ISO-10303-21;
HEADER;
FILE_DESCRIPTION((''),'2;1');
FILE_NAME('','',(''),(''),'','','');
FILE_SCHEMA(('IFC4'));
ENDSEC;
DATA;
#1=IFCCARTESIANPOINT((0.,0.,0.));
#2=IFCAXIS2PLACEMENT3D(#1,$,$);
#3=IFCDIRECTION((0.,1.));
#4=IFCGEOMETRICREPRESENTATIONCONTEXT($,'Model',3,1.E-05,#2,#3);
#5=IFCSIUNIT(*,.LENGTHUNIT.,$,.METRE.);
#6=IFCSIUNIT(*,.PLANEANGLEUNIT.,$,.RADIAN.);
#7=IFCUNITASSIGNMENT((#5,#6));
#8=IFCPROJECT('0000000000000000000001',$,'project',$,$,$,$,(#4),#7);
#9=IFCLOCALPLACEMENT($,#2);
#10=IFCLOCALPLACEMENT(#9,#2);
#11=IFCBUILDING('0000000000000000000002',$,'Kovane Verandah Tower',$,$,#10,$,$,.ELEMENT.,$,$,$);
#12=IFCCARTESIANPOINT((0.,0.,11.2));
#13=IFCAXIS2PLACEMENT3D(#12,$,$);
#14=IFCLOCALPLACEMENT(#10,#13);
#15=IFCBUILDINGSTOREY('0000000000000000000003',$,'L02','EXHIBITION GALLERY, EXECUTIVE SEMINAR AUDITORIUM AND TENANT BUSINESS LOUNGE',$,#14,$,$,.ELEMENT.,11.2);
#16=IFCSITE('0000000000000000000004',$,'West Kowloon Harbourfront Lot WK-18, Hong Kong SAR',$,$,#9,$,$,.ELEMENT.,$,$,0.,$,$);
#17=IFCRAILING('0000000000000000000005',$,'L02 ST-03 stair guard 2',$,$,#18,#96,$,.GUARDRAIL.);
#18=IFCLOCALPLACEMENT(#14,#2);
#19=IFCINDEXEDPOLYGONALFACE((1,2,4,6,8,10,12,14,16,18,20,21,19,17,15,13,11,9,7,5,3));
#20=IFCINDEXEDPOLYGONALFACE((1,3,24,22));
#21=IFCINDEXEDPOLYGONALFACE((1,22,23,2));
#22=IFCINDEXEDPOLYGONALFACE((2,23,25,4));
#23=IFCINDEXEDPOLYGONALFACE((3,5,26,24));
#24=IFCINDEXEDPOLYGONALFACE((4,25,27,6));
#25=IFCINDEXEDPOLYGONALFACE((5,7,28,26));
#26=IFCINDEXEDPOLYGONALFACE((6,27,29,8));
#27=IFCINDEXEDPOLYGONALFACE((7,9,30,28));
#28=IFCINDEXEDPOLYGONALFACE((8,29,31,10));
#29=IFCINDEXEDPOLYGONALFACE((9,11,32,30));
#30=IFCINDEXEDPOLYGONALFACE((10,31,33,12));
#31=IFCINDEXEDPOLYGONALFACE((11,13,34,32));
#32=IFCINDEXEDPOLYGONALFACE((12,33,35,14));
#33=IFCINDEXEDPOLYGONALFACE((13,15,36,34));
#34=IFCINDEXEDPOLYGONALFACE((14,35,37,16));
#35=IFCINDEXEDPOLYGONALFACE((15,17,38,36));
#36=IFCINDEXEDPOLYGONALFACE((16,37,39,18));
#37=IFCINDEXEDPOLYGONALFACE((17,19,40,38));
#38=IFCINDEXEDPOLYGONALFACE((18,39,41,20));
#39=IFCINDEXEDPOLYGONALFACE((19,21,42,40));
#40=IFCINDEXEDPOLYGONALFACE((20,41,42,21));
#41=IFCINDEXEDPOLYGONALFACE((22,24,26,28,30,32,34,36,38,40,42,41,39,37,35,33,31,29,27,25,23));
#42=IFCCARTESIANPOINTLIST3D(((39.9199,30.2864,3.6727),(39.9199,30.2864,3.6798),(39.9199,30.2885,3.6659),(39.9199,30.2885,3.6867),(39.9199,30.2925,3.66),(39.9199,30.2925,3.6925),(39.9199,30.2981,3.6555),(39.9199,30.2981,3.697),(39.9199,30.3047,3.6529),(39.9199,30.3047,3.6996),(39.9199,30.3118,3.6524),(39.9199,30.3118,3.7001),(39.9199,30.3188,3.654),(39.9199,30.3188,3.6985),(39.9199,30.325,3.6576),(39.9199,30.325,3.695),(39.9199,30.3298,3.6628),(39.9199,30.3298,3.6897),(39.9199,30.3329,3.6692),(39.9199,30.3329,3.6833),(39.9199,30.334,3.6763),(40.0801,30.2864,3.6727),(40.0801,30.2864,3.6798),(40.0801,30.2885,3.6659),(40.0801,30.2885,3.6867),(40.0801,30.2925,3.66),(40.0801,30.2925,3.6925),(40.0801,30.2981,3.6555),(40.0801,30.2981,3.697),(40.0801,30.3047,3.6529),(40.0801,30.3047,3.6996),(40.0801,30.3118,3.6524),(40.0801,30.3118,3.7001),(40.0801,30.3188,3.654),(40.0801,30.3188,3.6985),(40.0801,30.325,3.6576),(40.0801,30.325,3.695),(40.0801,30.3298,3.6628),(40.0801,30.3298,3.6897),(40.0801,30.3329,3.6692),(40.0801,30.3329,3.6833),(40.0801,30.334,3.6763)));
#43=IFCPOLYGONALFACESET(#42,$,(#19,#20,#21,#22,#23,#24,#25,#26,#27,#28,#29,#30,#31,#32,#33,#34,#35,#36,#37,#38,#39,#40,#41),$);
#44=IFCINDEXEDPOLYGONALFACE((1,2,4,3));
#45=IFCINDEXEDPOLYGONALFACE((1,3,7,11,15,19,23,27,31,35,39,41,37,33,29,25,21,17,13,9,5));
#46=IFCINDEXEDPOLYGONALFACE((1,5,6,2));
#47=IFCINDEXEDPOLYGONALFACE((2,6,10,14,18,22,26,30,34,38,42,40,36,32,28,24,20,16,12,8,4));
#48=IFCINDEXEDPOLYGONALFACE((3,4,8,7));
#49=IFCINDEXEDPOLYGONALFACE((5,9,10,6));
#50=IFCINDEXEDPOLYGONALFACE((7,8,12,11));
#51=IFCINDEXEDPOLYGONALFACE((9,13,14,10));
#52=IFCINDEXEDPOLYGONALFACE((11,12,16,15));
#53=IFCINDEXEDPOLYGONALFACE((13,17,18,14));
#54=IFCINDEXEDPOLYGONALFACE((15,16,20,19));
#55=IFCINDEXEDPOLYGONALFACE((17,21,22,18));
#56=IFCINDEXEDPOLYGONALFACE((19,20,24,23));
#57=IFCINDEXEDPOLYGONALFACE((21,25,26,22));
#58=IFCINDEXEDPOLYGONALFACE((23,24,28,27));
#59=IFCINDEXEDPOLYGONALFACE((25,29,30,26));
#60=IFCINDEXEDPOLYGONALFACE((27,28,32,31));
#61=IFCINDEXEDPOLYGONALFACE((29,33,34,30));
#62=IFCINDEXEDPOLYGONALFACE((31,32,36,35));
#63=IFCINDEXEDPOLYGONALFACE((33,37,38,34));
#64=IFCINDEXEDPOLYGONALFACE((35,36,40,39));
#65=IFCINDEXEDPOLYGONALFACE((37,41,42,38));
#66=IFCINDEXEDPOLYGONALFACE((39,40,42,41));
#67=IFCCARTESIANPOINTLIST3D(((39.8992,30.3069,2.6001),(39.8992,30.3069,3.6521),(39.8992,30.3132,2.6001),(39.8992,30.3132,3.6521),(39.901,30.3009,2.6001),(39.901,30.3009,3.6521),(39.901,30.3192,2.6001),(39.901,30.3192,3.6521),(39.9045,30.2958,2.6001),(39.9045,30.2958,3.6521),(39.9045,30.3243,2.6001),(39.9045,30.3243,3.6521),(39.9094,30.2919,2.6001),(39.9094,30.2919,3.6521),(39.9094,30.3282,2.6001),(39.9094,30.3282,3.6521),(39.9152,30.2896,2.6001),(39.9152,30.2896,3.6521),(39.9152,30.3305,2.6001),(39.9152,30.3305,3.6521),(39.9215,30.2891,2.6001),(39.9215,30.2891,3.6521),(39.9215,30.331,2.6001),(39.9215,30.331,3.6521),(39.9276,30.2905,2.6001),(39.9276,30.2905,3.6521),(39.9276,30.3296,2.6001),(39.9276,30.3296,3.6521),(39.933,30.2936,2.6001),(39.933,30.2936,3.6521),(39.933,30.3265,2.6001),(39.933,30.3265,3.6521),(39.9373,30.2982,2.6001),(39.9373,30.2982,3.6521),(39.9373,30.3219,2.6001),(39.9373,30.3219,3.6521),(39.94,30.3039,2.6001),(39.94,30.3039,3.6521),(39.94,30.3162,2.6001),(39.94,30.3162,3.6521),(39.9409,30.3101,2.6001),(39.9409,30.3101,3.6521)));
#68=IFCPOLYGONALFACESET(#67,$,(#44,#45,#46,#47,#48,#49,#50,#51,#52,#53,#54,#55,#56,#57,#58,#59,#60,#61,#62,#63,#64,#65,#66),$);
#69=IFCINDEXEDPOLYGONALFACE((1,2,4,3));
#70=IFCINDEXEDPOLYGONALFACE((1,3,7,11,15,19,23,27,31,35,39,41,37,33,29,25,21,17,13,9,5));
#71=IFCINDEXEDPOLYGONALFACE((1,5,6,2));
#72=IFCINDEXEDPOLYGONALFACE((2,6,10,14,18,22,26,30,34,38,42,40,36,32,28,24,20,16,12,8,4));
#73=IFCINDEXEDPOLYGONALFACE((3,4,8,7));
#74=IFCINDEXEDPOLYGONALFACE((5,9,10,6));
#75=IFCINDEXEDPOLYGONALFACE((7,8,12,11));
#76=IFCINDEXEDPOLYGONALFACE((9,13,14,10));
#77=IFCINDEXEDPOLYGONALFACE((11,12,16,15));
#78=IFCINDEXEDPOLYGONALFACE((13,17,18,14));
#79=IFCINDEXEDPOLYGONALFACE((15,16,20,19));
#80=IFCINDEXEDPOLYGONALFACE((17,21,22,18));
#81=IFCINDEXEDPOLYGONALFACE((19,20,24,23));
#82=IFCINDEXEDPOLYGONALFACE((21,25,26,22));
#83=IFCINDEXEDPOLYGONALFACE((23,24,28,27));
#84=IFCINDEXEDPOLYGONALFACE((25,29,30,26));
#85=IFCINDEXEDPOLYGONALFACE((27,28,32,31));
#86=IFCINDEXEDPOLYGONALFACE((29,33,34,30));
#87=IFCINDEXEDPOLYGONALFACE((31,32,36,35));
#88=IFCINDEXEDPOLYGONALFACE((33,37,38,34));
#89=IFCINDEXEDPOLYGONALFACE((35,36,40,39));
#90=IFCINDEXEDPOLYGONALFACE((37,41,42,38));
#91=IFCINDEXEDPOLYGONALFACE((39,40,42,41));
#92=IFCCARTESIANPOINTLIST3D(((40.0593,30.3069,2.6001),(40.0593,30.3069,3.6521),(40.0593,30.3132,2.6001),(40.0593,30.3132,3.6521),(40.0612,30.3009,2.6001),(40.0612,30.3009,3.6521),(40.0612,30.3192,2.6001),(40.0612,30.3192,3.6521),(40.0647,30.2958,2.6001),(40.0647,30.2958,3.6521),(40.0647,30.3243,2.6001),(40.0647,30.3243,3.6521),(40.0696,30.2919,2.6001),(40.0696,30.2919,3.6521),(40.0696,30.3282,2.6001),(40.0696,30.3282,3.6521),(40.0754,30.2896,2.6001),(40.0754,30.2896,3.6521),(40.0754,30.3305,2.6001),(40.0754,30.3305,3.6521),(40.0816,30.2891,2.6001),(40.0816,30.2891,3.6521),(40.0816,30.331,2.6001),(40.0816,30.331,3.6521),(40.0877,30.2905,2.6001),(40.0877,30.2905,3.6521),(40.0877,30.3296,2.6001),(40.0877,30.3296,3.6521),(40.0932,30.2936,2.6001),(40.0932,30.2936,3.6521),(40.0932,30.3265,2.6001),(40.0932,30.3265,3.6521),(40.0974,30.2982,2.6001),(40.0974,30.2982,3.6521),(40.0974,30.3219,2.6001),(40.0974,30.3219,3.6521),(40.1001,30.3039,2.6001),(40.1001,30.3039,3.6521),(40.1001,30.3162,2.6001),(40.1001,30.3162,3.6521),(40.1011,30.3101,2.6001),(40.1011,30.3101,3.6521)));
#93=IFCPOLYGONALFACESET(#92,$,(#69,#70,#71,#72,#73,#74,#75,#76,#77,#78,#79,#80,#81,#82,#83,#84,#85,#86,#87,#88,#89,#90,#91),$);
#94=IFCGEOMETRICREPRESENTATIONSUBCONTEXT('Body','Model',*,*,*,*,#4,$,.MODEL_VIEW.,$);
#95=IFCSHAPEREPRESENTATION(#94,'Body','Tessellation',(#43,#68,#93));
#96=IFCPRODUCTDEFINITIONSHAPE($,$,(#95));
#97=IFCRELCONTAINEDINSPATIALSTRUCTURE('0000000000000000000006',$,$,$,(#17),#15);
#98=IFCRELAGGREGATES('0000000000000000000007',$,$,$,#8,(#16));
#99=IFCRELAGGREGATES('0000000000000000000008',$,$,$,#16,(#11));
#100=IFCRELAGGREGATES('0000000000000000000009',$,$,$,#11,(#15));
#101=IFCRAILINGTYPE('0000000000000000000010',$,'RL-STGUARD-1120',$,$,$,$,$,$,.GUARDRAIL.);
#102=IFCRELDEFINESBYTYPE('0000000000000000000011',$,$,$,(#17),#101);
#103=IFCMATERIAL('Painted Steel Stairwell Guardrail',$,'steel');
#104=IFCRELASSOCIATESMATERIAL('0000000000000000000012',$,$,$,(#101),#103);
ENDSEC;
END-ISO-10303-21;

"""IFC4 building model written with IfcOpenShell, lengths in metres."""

from ifc_helpers import new_model, si_unit, direction, frame, origin, origin_2d, place, context, subcontext, project, spatial, circle, extrude, material, type_object, element, save


model = new_model("IFC4")

# Units and contexts
model_context = context("Model", 3, precision=1e-05, world=origin(), true_north=direction((0.0, 1.0)))
body_context = subcontext(model_context, "Body", "Model", "MODEL_VIEW")
ifc_project = project(units=[si_unit("LENGTHUNIT", "METRE"), si_unit("PLANEANGLEUNIT", "RADIAN")], contexts=[model_context])

# Site, building, storey
site_placement = place(None, origin())
site = spatial("IfcSite", under=ifc_project, at=site_placement, Name="West Kowloon Harbourfront Lot WK-18, Hong Kong SAR", CompositionType="ELEMENT", RefElevation=0.0)
building_placement = place(site_placement, origin())
building = spatial("IfcBuilding", under=site, at=building_placement, Name="Kovane Verandah Tower", CompositionType="ELEMENT")
storey_placement = place(building_placement, frame((0.0, 0.0, 11.2)))
storey = spatial("IfcBuildingStorey", under=building, at=storey_placement, Name="L02", Description="EXHIBITION GALLERY, EXECUTIVE SEMINAR AUDITORIUM AND TENANT BUSINESS LOUNGE", CompositionType="ELEMENT", Elevation=11.2)

# Railing
ifc_material_1 = material(Name="Painted Steel Stairwell Guardrail", Category="steel")
railing_type_1 = type_object("IfcRailingType", Name="RL-STGUARD-1120", PredefinedType="GUARDRAIL", material=ifc_material_1)
railing_1_placement = place(storey_placement, frame((39.9199, 30.3101, 2.6001)))
element("IfcRailing", 1, at=railing_1_placement, inside=storey, type_object=railing_type_1, Name="L02 ST-03 stair guard 2", PredefinedType="GUARDRAIL", context=body_context, shape_type="SweptSolid", body=[
    extrude(circle(Radius=0.0239, at=origin_2d()), frame((0.0, 0.0, 1.0762), z_axis=(1.0, 0.0, 0.0), x_axis=(0.0, 1.0, 0.0)), (0.0, 0.0, 1.0), 0.1602),
    extrude(circle(Radius=0.021, at=origin_2d()), origin(), (0.0, 0.0, 1.0), 1.052),
    extrude(circle(Radius=0.021, at=origin_2d()), frame((0.1602, 0.0, 0.0)), (0.0, 0.0, 1.0), 1.052),
])

save(model, "model.ifc")
